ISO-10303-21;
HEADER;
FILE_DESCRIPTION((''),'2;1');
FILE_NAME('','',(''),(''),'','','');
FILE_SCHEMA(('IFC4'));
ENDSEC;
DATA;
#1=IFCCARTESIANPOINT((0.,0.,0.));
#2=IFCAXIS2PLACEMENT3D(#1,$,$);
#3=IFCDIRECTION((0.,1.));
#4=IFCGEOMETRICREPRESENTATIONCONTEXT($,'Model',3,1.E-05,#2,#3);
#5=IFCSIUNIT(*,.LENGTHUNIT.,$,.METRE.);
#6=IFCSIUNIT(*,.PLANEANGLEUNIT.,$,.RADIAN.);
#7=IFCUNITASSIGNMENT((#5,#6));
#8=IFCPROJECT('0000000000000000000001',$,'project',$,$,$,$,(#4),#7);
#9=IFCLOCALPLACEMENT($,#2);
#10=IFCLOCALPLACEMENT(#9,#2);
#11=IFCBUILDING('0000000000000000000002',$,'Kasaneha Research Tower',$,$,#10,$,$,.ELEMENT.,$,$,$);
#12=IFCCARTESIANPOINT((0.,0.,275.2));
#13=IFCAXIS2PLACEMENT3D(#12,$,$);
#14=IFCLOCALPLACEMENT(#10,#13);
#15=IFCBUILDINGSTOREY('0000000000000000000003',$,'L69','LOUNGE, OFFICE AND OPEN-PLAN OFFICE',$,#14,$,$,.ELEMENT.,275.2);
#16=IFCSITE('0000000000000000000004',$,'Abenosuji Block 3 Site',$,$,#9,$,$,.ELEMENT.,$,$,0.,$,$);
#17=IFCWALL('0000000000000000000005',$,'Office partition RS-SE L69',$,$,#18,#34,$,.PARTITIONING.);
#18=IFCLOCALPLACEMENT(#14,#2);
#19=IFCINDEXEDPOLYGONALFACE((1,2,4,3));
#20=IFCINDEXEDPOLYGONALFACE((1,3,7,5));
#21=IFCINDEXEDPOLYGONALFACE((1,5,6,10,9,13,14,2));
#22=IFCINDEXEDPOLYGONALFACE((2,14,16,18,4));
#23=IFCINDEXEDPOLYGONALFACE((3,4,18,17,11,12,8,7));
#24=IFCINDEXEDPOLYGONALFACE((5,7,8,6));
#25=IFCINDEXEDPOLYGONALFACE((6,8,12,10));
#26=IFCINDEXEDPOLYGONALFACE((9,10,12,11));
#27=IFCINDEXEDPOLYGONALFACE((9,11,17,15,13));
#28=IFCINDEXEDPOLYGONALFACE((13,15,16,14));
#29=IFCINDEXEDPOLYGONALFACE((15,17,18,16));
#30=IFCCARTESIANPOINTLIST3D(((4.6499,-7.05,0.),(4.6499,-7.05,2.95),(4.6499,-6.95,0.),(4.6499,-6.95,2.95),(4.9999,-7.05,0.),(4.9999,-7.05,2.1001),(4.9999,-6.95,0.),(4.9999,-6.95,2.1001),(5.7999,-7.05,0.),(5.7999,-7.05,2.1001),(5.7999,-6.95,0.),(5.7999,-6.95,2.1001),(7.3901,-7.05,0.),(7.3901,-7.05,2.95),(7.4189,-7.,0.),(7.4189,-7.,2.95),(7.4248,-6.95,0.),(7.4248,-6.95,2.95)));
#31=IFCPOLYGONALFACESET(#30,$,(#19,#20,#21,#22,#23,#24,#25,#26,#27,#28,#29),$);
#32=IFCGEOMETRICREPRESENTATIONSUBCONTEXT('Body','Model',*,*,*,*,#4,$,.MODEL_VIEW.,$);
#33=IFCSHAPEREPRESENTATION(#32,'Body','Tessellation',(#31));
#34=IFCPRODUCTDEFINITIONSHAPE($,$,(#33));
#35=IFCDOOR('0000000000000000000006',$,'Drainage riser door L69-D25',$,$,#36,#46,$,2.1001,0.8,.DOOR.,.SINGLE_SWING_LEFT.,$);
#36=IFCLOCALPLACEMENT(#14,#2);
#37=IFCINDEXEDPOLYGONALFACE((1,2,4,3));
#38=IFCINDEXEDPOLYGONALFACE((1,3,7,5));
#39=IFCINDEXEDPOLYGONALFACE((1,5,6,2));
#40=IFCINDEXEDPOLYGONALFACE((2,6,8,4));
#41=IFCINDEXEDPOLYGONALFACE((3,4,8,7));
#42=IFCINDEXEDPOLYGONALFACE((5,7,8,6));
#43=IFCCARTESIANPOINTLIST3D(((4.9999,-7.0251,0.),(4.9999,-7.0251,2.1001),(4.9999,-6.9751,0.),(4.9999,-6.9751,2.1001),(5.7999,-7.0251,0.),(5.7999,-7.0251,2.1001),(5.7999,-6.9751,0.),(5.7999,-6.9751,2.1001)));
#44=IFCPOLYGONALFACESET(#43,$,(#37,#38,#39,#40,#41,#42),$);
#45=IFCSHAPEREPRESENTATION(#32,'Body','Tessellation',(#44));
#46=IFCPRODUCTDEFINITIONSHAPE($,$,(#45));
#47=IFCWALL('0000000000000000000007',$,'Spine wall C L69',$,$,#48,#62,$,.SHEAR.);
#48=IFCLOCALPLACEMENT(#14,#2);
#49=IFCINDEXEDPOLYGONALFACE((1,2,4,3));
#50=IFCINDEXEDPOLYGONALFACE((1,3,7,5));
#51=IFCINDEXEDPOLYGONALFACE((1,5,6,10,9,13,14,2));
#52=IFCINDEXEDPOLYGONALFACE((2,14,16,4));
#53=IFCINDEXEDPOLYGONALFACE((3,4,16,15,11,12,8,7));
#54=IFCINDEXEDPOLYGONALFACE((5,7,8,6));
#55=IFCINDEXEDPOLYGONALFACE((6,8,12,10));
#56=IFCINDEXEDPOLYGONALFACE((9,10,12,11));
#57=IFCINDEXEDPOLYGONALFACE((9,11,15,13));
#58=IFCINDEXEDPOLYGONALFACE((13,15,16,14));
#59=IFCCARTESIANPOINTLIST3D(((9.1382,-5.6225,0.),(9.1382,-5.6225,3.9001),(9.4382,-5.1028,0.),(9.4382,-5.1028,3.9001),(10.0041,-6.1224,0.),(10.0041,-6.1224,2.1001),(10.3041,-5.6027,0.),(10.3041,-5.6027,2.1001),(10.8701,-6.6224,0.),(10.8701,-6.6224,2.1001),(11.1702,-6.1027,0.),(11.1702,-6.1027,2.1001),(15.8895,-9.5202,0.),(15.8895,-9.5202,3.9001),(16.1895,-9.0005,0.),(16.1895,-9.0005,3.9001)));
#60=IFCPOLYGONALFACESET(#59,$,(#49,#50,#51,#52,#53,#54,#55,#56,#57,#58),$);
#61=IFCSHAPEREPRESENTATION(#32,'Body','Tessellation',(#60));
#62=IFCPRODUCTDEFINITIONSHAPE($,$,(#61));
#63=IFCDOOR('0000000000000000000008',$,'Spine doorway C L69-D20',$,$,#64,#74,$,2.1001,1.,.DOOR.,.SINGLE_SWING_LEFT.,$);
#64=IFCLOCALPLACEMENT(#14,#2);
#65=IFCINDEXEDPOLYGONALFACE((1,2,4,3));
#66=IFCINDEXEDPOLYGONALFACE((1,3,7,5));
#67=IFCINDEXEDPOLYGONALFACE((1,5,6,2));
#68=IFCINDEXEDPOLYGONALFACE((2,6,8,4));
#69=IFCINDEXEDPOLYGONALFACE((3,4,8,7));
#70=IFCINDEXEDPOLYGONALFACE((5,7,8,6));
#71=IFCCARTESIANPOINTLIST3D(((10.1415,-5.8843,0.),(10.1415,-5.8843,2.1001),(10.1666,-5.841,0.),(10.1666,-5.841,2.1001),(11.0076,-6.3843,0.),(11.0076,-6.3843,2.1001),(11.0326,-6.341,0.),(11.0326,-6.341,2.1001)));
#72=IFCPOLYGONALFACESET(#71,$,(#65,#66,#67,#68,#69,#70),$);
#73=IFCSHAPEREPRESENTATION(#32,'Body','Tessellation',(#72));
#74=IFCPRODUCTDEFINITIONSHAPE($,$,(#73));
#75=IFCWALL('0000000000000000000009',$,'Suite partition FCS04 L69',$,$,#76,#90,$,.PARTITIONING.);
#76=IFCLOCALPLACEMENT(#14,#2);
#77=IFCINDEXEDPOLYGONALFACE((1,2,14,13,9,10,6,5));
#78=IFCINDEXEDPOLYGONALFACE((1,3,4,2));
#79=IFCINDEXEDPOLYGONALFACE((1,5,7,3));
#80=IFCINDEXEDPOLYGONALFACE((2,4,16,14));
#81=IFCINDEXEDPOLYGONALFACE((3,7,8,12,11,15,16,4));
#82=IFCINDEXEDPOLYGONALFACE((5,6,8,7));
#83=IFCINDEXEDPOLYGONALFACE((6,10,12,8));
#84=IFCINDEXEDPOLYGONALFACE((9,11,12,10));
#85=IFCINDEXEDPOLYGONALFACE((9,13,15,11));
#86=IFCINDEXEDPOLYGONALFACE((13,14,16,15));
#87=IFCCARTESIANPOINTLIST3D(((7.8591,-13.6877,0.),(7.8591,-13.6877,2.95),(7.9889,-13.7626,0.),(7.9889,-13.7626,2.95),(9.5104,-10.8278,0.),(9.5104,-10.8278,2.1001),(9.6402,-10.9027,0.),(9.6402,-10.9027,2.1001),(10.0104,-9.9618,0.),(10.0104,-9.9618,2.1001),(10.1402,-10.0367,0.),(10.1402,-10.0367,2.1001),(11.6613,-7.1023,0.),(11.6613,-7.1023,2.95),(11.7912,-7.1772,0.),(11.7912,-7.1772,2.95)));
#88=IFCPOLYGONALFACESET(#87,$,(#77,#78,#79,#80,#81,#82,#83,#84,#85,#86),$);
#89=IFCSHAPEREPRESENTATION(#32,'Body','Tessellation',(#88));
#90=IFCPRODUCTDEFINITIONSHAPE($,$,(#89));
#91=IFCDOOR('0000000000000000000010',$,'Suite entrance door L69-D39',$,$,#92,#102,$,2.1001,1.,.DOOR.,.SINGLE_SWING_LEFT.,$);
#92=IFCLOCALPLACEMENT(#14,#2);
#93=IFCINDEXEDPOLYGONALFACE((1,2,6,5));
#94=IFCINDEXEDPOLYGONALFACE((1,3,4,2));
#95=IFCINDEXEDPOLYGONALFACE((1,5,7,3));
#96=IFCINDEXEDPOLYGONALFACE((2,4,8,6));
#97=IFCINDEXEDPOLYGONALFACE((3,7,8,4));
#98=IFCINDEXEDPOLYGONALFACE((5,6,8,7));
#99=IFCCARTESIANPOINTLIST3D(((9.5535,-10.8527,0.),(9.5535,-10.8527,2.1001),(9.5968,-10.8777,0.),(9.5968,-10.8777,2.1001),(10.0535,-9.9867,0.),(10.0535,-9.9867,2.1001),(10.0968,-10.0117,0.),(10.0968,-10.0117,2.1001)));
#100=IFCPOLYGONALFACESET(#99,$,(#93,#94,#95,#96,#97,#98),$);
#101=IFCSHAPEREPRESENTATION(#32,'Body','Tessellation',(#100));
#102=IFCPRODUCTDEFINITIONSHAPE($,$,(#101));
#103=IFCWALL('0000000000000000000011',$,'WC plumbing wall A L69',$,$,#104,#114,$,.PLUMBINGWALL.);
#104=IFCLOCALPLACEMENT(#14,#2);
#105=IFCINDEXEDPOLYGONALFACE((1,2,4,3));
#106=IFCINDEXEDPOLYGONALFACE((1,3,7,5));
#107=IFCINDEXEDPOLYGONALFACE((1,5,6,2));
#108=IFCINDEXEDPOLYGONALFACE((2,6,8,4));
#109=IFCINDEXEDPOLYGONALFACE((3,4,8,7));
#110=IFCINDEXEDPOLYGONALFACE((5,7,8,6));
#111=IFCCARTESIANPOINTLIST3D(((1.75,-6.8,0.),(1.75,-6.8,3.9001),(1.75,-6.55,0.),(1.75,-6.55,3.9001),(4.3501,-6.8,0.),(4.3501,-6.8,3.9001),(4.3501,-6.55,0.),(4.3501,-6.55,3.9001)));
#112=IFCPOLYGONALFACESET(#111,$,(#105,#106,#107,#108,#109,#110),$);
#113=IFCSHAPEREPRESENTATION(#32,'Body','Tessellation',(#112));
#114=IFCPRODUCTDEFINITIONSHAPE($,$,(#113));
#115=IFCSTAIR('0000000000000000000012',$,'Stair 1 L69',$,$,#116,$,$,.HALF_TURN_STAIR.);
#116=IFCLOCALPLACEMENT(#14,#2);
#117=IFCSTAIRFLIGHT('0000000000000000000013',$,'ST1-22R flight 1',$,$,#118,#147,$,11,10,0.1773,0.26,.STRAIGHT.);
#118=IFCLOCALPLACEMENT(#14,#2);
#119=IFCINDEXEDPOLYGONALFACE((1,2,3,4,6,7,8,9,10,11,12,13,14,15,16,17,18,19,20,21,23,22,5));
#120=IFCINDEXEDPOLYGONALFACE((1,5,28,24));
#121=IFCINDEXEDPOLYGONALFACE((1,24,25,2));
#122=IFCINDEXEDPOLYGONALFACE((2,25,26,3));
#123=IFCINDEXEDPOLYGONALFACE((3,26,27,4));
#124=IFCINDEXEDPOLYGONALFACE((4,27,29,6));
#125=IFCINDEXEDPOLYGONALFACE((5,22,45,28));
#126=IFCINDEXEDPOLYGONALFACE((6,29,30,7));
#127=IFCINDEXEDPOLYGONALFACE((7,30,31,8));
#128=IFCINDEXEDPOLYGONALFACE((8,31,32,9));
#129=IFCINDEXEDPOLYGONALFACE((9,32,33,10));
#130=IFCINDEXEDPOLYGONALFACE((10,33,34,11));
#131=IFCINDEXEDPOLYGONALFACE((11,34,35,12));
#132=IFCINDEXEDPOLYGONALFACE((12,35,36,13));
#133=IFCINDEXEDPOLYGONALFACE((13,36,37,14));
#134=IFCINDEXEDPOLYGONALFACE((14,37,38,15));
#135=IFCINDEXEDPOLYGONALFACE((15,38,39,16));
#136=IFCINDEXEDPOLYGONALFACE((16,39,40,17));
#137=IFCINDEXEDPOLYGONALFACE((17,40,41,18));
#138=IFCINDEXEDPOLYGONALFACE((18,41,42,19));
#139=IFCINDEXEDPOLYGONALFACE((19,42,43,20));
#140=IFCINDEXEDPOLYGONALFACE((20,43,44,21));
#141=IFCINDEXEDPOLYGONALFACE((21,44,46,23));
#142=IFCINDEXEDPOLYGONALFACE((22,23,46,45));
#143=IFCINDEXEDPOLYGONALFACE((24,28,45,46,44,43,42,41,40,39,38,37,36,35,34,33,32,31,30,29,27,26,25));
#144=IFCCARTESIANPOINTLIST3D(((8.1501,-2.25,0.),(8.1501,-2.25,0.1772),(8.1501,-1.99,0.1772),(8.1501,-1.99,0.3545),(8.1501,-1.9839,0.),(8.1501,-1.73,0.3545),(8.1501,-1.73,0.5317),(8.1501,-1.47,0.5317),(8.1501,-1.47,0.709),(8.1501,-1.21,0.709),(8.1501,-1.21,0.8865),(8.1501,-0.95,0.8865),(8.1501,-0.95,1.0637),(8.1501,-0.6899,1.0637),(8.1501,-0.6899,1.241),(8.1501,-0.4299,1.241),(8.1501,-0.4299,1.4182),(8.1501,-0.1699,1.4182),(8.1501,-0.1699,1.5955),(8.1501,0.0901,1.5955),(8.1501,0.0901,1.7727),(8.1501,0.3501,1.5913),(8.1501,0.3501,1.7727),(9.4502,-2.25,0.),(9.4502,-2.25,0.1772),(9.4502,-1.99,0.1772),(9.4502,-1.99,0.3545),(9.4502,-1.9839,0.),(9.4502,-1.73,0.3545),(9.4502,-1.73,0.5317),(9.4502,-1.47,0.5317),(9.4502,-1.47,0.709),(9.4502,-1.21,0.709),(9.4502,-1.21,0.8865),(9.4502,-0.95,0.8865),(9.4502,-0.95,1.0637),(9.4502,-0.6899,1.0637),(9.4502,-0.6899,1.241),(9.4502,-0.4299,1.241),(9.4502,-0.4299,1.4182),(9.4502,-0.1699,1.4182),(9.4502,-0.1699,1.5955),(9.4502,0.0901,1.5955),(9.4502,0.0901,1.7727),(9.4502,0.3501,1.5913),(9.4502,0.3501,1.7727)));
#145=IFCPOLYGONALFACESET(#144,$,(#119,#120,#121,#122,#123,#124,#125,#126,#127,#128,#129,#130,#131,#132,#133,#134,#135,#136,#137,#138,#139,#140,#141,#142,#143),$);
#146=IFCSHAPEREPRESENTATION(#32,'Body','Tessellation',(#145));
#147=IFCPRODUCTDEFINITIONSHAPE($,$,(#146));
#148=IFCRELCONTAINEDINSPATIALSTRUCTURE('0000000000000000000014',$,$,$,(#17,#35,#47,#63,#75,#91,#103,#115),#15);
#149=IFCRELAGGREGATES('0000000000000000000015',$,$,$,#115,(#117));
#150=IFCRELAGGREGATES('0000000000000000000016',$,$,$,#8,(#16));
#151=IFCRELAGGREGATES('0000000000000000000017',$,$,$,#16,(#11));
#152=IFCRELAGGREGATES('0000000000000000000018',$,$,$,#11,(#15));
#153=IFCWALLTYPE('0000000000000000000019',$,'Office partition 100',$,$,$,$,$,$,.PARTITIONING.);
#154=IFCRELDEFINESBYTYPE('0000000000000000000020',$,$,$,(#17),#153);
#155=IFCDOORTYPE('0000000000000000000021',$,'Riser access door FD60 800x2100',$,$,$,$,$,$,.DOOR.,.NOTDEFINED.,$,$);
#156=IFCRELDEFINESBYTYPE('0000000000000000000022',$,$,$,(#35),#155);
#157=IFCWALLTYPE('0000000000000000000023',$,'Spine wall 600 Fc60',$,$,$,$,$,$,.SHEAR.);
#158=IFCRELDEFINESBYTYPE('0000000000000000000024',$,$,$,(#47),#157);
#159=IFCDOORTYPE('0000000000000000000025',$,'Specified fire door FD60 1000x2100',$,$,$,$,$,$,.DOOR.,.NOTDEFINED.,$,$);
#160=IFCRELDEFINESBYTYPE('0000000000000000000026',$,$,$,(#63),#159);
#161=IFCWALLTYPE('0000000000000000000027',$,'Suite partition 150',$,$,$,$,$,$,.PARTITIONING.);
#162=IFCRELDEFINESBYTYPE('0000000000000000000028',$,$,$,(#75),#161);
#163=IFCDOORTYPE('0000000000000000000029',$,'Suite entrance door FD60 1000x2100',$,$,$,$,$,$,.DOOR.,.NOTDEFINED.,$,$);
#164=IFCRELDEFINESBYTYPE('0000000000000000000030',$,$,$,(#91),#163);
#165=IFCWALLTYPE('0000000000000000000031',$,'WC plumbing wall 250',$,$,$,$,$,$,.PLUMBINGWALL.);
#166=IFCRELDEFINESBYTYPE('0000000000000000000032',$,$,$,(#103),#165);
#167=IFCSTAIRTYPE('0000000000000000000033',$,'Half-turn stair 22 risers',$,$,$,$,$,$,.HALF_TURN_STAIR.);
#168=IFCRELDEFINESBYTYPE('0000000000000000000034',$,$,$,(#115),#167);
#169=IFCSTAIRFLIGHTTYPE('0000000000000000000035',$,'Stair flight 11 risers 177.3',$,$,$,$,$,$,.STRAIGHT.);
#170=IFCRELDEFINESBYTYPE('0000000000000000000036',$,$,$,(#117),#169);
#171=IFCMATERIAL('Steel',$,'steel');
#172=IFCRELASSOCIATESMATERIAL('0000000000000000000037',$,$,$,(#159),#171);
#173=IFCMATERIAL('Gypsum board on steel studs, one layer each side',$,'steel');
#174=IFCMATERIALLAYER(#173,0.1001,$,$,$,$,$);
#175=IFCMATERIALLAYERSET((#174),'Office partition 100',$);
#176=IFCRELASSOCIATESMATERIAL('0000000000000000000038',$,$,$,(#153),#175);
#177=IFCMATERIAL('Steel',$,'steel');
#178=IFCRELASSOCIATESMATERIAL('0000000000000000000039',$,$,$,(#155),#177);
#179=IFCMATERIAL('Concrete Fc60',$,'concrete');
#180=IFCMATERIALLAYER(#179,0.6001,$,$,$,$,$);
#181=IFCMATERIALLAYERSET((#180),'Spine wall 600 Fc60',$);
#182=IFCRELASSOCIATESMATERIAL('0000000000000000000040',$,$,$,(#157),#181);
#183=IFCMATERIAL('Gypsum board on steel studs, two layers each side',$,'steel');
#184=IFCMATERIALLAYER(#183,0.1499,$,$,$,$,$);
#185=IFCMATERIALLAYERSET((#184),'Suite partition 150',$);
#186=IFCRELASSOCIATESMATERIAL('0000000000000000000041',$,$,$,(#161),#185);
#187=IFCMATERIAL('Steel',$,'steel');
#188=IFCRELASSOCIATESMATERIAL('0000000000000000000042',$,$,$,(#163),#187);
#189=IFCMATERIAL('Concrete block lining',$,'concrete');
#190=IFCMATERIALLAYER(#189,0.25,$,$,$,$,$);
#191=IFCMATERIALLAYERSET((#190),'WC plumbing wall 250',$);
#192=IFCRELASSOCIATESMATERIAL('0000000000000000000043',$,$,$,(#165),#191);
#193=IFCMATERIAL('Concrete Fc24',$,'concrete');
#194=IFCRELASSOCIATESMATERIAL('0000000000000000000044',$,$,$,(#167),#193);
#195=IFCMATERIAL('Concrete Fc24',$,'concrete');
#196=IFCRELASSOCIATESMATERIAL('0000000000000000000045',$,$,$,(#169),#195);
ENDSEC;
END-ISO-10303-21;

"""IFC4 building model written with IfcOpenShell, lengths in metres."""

from ifc_helpers import new_model, si_unit, direction, frame, frame_2d, origin, place, context, subcontext, project, spatial, polyline, rectangle, outline, extrude, material, layer, layer_set, type_object, element, fill, aggregate, save


model = new_model("IFC4")

# Units and contexts
model_context = context("Model", 3, precision=1e-05, world=origin(), true_north=direction((0.0, 1.0)))
body_context = subcontext(model_context, "Body", "Model", "MODEL_VIEW")
ifc_project = project(units=[si_unit("LENGTHUNIT", "METRE"), si_unit("PLANEANGLEUNIT", "RADIAN")], contexts=[model_context])

# Site, building, storey
site_placement = place(None, origin())
site = spatial("IfcSite", under=ifc_project, at=site_placement, Name="Abenosuji Block 3 Site", CompositionType="ELEMENT", RefElevation=0.0)
building_placement = place(site_placement, origin())
building = spatial("IfcBuilding", under=site, at=building_placement, Name="Kasaneha Research Tower", CompositionType="ELEMENT")
storey_placement = place(building_placement, frame((0.0, 0.0, 275.2)))
storey = spatial("IfcBuildingStorey", under=building, at=storey_placement, Name="L69", Description="LOUNGE, OFFICE AND OPEN-PLAN OFFICE", CompositionType="ELEMENT", Elevation=275.2)

# Shared definitions
ifc_material_1 = material(Name="Steel", Category="steel")
door_type_1 = type_object("IfcDoorType", Name="Specified fire door FD60 1000x2100", OperationType="NOTDEFINED", PredefinedType="DOOR", material=ifc_material_1)

# Walls, openings, doors
ifc_material_2 = material(Name="Gypsum board on steel studs, one layer each side", Category="steel")
ifc_layer_1 = layer(ifc_material_2, 0.1001)
ifc_layer_set_1 = layer_set([ifc_layer_1], Name="Office partition 100")
wall_type_1 = type_object("IfcWallType", Name="Office partition 100", PredefinedType="PARTITIONING", material=ifc_layer_set_1)
wall_1_placement = place(storey_placement, frame((4.6499, -7.0, 0.0), z_axis=(0.0, 0.0, 1.0), x_axis=(1.0, 0.0, 0.0)))
wall_1 = element("IfcWall", 1, at=wall_1_placement, inside=storey, type_object=wall_type_1, Name="Office partition RS-SE L69", PredefinedType="PARTITIONING", context=body_context, shape_type="SweptSolid", body=[
    extrude(outline(polyline([(0.0, -0.05), (0.3501, -0.05), (1.1501, -0.05), (2.7402, -0.05), (2.769, 0.0), (2.7749, 0.05), (1.1501, 0.05), (0.3501, 0.05), (0.0, 0.05), (0.0, -0.05)])), origin(), (0.0, 0.0, 1.0), 2.95),
])
opening_1_placement = place(wall_1_placement, frame((0.3501, 0.0, 0.0)))
opening_1 = element("IfcOpeningElement", 2, at=opening_1_placement, cuts=wall_1, PredefinedType="OPENING", context=body_context, shape_type="SweptSolid", body=[
    extrude(rectangle(XDim=0.8, YDim=2.1001, at=frame_2d((0.3999, 1.05))), frame((0.0, 0.0601, 0.0), z_axis=(0.0, -1.0, 0.0), x_axis=(1.0, 0.0, 0.0)), (0.0, 0.0, 1.0), 0.1201),
])
ifc_material_3 = material(Name="Steel", Category="steel")
door_type_2 = type_object("IfcDoorType", Name="Riser access door FD60 800x2100", OperationType="NOTDEFINED", PredefinedType="DOOR", material=ifc_material_3)
door_1_placement = place(opening_1_placement, origin())
door_1 = element("IfcDoor", 3, at=door_1_placement, inside=storey, type_object=door_type_2, Name="Drainage riser door L69-D25", OperationType="SINGLE_SWING_LEFT", OverallHeight=2.1001, OverallWidth=0.8, PredefinedType="DOOR", context=body_context, shape_type="SweptSolid", body=[
    extrude(rectangle(XDim=0.8, YDim=2.1001, at=frame_2d((0.3999, 1.05))), frame((0.0, 0.0249, 0.0), z_axis=(0.0, -1.0, 0.0), x_axis=(1.0, 0.0, 0.0)), (0.0, 0.0, 1.0), 0.05),
])
fill(opening_1, door_1)
ifc_material_4 = material(Name="Concrete Fc60", Category="concrete")
ifc_layer_2 = layer(ifc_material_4, 0.6001)
ifc_layer_set_2 = layer_set([ifc_layer_2], Name="Spine wall 600 Fc60")
wall_type_2 = type_object("IfcWallType", Name="Spine wall 600 Fc60", PredefinedType="SHEAR", material=ifc_layer_set_2)
wall_2_placement = place(storey_placement, frame((9.2881, -5.3625, 0.0), z_axis=(0.0, 0.0, 1.0), x_axis=(0.866032, -0.499989, 0.0)))
wall_2 = element("IfcWall", 4, at=wall_2_placement, inside=storey, type_object=wall_type_2, Name="Spine wall C L69", PredefinedType="SHEAR", context=body_context, shape_type="SweptSolid", body=[
    extrude(rectangle(XDim=7.7957, YDim=0.6001, at=frame_2d((3.8979, 0.0))), origin(), (0.0, 0.0, 1.0), 3.9001),
])
opening_2_placement = place(wall_2_placement, frame((1.0, 0.0, 0.0)))
opening_2 = element("IfcOpeningElement", 5, at=opening_2_placement, cuts=wall_2, PredefinedType="OPENING", context=body_context, shape_type="SweptSolid", body=[
    extrude(rectangle(XDim=1.0, YDim=2.1001, at=frame_2d((0.5, 1.05))), frame((0.0, 0.3101, 0.0), z_axis=(0.0, -1.0, 0.0), x_axis=(1.0, 0.0, 0.0)), (0.0, 0.0, 1.0), 0.6201),
])
door_2_placement = place(opening_2_placement, origin())
door_2 = element("IfcDoor", 6, at=door_2_placement, inside=storey, type_object=door_type_1, Name="Spine doorway C L69-D20", OperationType="SINGLE_SWING_LEFT", OverallHeight=2.1001, OverallWidth=1.0, PredefinedType="DOOR", context=body_context, shape_type="SweptSolid", body=[
    extrude(rectangle(XDim=1.0, YDim=2.1001, at=frame_2d((0.5, 1.05))), frame((0.0, 0.0249, 0.0), z_axis=(0.0, -1.0, 0.0), x_axis=(1.0, 0.0, 0.0)), (0.0, 0.0, 1.0), 0.05),
])
fill(opening_2, door_2)
ifc_material_5 = material(Name="Gypsum board on steel studs, two layers each side", Category="steel")
ifc_layer_3 = layer(ifc_material_5, 0.1499)
ifc_layer_set_3 = layer_set([ifc_layer_3], Name="Suite partition 150")
wall_type_3 = type_object("IfcWallType", Name="Suite partition 150", PredefinedType="PARTITIONING", material=ifc_layer_set_3)
wall_3_placement = place(storey_placement, frame((11.7263, -7.1396, 0.0), z_axis=(0.0, 0.0, 1.0), x_axis=(-0.500013, -0.866018, 0.0)))
wall_3 = element("IfcWall", 7, at=wall_3_placement, inside=storey, type_object=wall_type_3, Name="Suite partition FCS04 L69", PredefinedType="PARTITIONING", context=body_context, shape_type="SweptSolid", body=[
    extrude(rectangle(XDim=7.6042, YDim=0.1499, at=frame_2d((3.8022, 0.0))), origin(), (0.0, 0.0, 1.0), 2.95),
])
opening_3_placement = place(wall_3_placement, frame((3.302, 0.0, 0.0)))
opening_3 = element("IfcOpeningElement", 8, at=opening_3_placement, cuts=wall_3, PredefinedType="OPENING", context=body_context, shape_type="SweptSolid", body=[
    extrude(rectangle(XDim=1.0, YDim=2.1001, at=frame_2d((0.5, 1.05))), frame((0.0, 0.085, 0.0), z_axis=(0.0, -1.0, 0.0), x_axis=(1.0, 0.0, 0.0)), (0.0, 0.0, 1.0), 0.1699),
])
ifc_material_6 = material(Name="Steel", Category="steel")
door_type_3 = type_object("IfcDoorType", Name="Suite entrance door FD60 1000x2100", OperationType="NOTDEFINED", PredefinedType="DOOR", material=ifc_material_6)
door_3_placement = place(opening_3_placement, origin())
door_3 = element("IfcDoor", 9, at=door_3_placement, inside=storey, type_object=door_type_3, Name="Suite entrance door L69-D39", OperationType="SINGLE_SWING_LEFT", OverallHeight=2.1001, OverallWidth=1.0, PredefinedType="DOOR", context=body_context, shape_type="SweptSolid", body=[
    extrude(rectangle(XDim=1.0, YDim=2.1001, at=frame_2d((0.5, 1.05))), frame((0.0, 0.0249, 0.0), z_axis=(0.0, -1.0, 0.0), x_axis=(1.0, 0.0, 0.0)), (0.0, 0.0, 1.0), 0.05),
])
fill(opening_3, door_3)

# Wall
ifc_material_7 = material(Name="Concrete block lining", Category="concrete")
ifc_layer_4 = layer(ifc_material_7, 0.25)
ifc_layer_set_4 = layer_set([ifc_layer_4], Name="WC plumbing wall 250")
wall_type_4 = type_object("IfcWallType", Name="WC plumbing wall 250", PredefinedType="PLUMBINGWALL", material=ifc_layer_set_4)
wall_4_placement = place(storey_placement, frame((1.75, -6.675, 0.0), z_axis=(0.0, 0.0, 1.0), x_axis=(1.0, 0.0, 0.0)))
element("IfcWall", 10, at=wall_4_placement, inside=storey, type_object=wall_type_4, Name="WC plumbing wall A L69", PredefinedType="PLUMBINGWALL", context=body_context, shape_type="SweptSolid", body=[
    extrude(rectangle(XDim=2.6001, YDim=0.25, at=frame_2d((1.3, 0.0))), origin(), (0.0, 0.0, 1.0), 3.9001),
])

# Stair, stair flight
ifc_material_8 = material(Name="Concrete Fc24", Category="concrete")
stair_type = type_object("IfcStairType", Name="Half-turn stair 22 risers", PredefinedType="HALF_TURN_STAIR", material=ifc_material_8)
stair_placement = place(storey_placement, origin())
stair = element("IfcStair", 11, at=stair_placement, inside=storey, type_object=stair_type, Name="Stair 1 L69", PredefinedType="HALF_TURN_STAIR")
ifc_material_9 = material(Name="Concrete Fc24", Category="concrete")
stair_flight_type = type_object("IfcStairFlightType", Name="Stair flight 11 risers 177.3", PredefinedType="STRAIGHT", material=ifc_material_9)
stair_flight_placement = place(storey_placement, frame((8.8, -2.25, 0.0), z_axis=(0.0, 0.0, 1.0), x_axis=(0.0, 1.0, 0.0)))
stair_flight = element("IfcStairFlight", 12, at=stair_flight_placement, type_object=stair_flight_type, Name="ST1-22R flight 1", NumberOfRisers=11, NumberOfTreads=10, PredefinedType="STRAIGHT", RiserHeight=0.1773, TreadLength=0.26, context=body_context, shape_type="SweptSolid", body=[
    extrude(outline(polyline([(0.0, 0.0), (0.0, 0.1772), (0.26, 0.1772), (0.26, 0.3545), (0.52, 0.3545), (0.52, 0.5317), (0.78, 0.5317), (0.78, 0.709), (1.04, 0.709), (1.04, 0.8865), (1.3, 0.8865), (1.3, 1.0637), (1.5601, 1.0637), (1.5601, 1.241), (1.8201, 1.241), (1.8201, 1.4182), (2.0801, 1.4182), (2.0801, 1.5955), (2.3401, 1.5955), (2.3401, 1.7727), (2.6001, 1.7727), (2.6001, 1.95), (2.6001, 1.5913), (0.2661, 0.0), (0.0, 0.0)])), frame((0.0, 0.6499, 0.0), z_axis=(0.0, -1.0, 0.0), x_axis=(1.0, 0.0, 0.0)), (0.0, 0.0, 1.0), 1.3),
])
aggregate(stair, [stair_flight])

save(model, "model.ifc")
